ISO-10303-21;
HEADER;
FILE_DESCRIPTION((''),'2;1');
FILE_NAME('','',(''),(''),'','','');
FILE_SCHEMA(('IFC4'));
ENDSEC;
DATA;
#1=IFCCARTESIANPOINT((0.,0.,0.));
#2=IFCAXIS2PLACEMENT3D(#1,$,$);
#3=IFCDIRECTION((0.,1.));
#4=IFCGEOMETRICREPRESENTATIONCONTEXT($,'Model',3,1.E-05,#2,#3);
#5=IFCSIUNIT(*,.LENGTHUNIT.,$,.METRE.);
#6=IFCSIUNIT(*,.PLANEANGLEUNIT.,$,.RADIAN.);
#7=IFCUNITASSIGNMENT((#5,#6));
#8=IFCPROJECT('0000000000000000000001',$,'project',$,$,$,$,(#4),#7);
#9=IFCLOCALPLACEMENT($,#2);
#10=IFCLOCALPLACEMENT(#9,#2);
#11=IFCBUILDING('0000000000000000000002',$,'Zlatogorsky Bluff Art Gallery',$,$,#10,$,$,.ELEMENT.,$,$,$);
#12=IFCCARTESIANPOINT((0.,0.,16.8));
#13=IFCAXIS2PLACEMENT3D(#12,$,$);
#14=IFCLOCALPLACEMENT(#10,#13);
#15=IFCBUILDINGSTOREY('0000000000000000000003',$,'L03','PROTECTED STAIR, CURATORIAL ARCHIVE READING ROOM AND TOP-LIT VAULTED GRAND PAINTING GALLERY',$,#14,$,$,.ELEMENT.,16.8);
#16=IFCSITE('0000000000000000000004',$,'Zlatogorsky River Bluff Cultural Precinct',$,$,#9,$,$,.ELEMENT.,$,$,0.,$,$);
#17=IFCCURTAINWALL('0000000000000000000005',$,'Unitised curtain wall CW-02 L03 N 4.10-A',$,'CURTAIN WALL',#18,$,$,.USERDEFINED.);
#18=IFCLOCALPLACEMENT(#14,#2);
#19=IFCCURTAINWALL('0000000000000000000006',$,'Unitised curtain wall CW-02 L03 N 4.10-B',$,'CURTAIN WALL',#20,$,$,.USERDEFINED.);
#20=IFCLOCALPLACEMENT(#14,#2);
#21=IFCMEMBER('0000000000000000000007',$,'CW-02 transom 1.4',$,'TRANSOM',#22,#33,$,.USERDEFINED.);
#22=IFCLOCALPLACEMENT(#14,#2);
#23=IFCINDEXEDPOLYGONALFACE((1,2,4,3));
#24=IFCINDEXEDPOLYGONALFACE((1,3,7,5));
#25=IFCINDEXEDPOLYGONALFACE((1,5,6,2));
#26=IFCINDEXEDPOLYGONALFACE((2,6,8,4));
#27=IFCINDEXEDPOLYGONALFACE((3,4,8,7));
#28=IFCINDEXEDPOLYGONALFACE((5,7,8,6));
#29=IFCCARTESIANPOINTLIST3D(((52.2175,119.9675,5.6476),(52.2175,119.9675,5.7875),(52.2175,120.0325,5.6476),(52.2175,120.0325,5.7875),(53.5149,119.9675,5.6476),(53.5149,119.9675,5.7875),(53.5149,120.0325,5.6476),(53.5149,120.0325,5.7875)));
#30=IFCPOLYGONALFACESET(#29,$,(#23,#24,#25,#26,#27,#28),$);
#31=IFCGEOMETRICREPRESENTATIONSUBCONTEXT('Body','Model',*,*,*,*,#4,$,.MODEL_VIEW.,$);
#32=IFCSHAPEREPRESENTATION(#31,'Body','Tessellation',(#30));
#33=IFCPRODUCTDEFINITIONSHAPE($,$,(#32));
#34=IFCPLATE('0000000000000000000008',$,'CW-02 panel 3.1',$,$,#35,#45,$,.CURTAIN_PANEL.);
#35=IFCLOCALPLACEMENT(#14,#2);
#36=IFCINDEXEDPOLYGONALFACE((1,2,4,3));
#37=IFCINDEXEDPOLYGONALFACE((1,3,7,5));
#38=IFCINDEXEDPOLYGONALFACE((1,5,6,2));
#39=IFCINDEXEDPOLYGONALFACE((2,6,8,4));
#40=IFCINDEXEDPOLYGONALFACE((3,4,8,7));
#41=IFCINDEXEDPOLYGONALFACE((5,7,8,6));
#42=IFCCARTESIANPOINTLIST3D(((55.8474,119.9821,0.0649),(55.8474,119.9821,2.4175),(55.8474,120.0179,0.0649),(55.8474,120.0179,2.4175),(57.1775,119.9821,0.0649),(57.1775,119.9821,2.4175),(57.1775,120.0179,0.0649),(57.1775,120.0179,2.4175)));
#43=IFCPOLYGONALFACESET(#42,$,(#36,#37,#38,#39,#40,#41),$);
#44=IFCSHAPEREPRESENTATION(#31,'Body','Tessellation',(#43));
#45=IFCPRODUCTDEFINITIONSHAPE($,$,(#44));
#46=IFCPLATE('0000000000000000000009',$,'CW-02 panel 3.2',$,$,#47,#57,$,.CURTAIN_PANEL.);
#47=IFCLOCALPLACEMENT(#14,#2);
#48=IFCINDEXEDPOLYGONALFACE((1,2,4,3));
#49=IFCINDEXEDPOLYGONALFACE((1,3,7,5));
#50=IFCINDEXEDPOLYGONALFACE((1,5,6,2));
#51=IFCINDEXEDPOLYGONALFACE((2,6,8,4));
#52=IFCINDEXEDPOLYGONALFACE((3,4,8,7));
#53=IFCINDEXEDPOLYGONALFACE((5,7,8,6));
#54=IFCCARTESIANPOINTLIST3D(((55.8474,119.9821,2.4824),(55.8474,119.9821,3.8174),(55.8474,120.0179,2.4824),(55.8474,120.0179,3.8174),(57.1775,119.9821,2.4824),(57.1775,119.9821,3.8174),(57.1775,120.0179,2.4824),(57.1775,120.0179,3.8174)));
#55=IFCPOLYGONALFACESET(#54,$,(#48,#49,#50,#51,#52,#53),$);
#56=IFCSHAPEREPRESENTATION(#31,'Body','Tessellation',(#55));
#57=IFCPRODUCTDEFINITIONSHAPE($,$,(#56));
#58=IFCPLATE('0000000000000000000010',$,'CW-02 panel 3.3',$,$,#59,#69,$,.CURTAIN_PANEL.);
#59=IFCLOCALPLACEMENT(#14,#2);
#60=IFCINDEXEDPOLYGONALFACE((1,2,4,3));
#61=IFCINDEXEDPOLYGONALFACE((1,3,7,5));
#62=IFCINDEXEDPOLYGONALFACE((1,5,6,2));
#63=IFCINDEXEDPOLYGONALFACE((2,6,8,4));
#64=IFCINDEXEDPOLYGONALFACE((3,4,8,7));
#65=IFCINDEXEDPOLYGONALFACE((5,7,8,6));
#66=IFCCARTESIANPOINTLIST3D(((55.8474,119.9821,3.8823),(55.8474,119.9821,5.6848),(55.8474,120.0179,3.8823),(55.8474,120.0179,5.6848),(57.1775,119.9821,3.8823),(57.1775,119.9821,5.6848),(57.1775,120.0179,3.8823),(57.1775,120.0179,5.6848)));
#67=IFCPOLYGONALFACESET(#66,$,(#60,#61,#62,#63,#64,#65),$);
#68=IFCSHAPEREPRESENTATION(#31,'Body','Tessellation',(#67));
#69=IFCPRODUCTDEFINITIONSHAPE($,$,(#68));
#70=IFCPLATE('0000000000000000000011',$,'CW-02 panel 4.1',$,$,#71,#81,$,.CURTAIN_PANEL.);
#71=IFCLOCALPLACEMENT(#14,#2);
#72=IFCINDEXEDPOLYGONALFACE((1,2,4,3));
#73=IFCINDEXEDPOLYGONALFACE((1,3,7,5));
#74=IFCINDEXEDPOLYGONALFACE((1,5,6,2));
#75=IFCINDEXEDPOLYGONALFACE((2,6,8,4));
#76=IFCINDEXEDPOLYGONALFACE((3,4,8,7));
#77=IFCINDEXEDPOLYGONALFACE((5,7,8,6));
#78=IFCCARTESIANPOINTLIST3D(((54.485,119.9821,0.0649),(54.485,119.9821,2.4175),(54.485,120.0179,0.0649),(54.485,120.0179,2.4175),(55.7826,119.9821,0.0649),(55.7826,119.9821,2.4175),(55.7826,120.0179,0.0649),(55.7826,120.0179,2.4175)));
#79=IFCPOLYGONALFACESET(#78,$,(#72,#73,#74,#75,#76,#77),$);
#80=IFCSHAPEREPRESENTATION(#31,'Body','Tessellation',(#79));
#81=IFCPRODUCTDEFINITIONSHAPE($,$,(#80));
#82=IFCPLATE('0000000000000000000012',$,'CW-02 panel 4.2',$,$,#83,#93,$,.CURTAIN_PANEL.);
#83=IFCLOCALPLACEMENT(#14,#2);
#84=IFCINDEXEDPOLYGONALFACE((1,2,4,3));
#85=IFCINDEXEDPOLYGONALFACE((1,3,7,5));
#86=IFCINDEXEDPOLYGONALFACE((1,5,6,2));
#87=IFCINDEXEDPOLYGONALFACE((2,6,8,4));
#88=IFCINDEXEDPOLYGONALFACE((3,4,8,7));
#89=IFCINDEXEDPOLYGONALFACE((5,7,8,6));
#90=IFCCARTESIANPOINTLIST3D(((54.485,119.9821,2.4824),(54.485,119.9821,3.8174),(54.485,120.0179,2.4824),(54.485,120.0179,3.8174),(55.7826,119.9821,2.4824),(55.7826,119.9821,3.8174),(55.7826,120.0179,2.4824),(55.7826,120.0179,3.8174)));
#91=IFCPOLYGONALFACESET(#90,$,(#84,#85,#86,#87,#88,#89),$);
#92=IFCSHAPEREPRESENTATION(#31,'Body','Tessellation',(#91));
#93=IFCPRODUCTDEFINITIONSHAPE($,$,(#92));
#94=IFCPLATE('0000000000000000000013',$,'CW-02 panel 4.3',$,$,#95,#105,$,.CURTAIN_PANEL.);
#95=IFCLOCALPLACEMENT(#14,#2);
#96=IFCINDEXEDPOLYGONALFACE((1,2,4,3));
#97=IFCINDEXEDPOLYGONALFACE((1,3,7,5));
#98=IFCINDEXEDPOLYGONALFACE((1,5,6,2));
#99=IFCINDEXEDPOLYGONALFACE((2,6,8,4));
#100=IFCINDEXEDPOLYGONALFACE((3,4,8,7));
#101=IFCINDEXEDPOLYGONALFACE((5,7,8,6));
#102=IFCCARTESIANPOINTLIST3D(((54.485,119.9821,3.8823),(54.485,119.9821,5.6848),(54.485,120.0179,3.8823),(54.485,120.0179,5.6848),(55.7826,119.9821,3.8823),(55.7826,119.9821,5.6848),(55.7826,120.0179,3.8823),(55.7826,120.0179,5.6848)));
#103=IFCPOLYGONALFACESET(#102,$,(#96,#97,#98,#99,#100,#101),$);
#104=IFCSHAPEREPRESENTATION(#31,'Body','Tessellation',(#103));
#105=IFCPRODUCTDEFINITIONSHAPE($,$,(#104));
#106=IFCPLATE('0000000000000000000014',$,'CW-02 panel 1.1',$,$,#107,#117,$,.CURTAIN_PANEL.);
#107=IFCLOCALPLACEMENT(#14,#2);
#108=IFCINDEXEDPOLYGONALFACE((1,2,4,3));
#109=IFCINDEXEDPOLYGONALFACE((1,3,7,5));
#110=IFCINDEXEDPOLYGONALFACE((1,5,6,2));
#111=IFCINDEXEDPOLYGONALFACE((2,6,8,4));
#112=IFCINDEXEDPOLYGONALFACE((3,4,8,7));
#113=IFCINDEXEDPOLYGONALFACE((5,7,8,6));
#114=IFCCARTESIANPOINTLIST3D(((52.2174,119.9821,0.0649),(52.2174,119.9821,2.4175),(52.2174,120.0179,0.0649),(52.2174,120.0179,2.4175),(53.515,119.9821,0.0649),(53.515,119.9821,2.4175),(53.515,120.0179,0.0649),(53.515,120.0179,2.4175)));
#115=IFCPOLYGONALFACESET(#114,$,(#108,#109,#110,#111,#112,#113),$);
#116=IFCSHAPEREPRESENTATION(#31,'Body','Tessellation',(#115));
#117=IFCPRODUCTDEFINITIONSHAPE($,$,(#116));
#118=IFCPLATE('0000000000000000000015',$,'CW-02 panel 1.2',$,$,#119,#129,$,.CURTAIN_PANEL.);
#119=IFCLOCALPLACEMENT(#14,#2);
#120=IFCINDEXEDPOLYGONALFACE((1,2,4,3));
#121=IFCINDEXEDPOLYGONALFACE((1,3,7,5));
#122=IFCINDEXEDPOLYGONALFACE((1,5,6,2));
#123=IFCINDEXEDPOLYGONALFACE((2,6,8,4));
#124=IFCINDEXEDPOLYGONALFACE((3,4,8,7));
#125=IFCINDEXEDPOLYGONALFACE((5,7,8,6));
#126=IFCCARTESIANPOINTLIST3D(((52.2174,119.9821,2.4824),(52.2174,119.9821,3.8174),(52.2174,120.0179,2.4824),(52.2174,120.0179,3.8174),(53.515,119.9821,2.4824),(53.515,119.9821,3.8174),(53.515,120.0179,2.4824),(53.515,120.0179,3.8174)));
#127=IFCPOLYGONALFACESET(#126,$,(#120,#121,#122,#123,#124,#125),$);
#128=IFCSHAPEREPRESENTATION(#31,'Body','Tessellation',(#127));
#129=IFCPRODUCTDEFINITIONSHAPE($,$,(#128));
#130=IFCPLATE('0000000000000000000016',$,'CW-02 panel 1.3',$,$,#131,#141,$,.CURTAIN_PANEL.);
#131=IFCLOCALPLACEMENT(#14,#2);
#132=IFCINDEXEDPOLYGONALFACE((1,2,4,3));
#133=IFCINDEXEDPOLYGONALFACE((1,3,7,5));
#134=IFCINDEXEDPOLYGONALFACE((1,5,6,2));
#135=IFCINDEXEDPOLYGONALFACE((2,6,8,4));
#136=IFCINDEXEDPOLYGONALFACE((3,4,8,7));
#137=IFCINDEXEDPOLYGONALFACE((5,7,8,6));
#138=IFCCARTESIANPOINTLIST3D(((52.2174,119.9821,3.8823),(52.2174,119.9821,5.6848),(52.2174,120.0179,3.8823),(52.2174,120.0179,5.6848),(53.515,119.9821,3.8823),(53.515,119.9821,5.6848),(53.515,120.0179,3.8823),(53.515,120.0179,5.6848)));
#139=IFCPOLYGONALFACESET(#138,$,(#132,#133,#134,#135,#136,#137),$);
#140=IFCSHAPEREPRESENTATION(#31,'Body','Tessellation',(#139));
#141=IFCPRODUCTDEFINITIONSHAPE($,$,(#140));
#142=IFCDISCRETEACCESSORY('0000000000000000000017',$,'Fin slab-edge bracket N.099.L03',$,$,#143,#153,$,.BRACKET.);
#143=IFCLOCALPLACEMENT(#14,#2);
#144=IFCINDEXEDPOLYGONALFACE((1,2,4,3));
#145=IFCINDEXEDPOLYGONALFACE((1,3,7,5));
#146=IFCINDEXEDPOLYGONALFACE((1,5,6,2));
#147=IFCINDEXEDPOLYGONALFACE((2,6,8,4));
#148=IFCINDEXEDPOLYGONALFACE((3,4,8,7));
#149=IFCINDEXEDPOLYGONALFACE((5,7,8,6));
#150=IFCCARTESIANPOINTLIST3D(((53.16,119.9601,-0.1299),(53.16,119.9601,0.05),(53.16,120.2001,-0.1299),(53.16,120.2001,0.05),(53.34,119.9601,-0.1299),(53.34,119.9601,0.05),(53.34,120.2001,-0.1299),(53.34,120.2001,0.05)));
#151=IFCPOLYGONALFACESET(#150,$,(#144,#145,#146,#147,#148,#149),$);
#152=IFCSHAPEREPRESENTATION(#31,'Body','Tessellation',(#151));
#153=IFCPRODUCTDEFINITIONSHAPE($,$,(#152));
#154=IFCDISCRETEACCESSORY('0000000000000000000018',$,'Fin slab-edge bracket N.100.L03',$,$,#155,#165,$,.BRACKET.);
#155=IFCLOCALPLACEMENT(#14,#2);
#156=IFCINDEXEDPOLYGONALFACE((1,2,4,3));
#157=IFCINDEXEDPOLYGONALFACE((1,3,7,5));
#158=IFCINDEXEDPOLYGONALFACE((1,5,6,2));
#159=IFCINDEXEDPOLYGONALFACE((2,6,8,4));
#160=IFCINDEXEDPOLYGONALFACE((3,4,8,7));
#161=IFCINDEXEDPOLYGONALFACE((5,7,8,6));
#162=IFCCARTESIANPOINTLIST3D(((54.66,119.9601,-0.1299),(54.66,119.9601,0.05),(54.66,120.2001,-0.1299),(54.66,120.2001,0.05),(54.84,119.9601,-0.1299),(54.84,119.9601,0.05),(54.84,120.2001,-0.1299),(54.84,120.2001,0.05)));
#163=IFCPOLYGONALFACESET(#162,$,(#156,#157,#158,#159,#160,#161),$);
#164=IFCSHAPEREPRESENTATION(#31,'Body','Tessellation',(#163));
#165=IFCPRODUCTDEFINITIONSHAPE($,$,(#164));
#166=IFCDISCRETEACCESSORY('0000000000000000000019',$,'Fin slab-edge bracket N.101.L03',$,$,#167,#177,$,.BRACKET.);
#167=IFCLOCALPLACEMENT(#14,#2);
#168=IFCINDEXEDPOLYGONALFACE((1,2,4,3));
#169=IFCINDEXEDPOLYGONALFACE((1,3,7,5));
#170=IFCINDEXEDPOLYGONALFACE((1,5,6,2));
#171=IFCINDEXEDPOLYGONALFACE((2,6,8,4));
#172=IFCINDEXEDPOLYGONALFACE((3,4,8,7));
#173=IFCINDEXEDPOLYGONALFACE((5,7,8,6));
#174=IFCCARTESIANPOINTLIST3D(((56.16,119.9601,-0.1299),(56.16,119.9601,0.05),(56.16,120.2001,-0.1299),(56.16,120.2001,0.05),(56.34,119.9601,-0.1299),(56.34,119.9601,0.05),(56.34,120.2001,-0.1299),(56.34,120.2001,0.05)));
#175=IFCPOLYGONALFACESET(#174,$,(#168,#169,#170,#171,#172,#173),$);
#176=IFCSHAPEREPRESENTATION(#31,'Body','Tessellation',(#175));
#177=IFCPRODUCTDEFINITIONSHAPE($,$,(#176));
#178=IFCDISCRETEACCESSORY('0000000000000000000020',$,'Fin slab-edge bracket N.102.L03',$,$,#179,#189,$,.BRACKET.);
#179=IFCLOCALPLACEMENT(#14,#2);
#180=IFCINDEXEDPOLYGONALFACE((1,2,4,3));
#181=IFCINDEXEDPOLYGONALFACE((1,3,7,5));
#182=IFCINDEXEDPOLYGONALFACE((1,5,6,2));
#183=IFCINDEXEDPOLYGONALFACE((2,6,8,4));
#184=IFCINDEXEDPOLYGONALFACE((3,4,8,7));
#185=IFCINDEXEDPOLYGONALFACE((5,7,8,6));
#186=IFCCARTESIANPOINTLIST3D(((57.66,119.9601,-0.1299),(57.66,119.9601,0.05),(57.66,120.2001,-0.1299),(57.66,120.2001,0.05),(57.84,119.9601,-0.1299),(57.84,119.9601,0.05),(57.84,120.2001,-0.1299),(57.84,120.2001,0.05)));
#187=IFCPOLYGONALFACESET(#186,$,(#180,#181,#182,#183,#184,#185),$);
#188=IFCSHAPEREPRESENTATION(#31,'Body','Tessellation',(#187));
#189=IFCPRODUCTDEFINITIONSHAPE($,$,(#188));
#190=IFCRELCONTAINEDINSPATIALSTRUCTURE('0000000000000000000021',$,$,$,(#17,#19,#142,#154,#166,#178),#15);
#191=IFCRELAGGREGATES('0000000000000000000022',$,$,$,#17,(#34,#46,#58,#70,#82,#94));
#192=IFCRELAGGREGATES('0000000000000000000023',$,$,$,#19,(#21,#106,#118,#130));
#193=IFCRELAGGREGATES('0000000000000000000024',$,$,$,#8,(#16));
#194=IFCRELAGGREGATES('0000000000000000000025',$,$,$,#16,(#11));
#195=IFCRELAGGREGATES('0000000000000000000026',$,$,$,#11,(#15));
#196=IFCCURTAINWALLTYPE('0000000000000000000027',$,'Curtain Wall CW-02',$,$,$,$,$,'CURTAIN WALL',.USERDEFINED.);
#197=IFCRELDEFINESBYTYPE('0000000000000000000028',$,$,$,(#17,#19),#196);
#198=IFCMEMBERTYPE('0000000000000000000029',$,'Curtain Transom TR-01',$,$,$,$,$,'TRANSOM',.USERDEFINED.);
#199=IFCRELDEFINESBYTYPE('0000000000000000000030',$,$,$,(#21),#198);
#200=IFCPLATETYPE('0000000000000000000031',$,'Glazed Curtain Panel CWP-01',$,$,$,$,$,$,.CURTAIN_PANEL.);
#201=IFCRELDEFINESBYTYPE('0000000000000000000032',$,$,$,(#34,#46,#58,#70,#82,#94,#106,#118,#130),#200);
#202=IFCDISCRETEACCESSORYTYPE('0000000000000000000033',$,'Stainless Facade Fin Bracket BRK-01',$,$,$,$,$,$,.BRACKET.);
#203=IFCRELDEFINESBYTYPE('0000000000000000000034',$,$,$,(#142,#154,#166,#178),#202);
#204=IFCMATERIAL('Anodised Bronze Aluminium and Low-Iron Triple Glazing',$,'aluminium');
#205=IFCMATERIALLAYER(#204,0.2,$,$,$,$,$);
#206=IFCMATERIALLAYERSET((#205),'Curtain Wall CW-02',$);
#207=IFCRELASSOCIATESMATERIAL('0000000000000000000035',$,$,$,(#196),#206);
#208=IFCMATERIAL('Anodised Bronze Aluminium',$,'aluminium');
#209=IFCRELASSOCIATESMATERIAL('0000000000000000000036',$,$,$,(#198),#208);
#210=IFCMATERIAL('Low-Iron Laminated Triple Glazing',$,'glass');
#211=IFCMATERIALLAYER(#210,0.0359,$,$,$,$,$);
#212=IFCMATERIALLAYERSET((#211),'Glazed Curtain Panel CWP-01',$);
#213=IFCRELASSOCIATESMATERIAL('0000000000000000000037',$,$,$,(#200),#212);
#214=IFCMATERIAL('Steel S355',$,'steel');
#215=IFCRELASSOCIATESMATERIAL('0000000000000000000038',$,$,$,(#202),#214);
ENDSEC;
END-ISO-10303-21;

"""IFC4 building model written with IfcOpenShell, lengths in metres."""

from ifc_helpers import new_model, si_unit, direction, frame, origin, origin_2d, place, context, subcontext, project, spatial, rectangle, extrude, material, layer, layer_set, material_profile, profile_set, type_object, element, aggregate, save


model = new_model("IFC4")

# Units and contexts
model_context = context("Model", 3, precision=1e-05, world=origin(), true_north=direction((0.0, 1.0)))
body_context = subcontext(model_context, "Body", "Model", "MODEL_VIEW")
ifc_project = project(units=[si_unit("LENGTHUNIT", "METRE"), si_unit("PLANEANGLEUNIT", "RADIAN")], contexts=[model_context])

# Site, building, storey
site_placement = place(None, origin())
site = spatial("IfcSite", under=ifc_project, at=site_placement, Name="Zlatogorsky River Bluff Cultural Precinct", CompositionType="ELEMENT", RefElevation=0.0)
building_placement = place(site_placement, origin())
building = spatial("IfcBuilding", under=site, at=building_placement, Name="Zlatogorsky Bluff Art Gallery", CompositionType="ELEMENT")
storey_placement = place(building_placement, frame((0.0, 0.0, 16.8)))
storey = spatial("IfcBuildingStorey", under=building, at=storey_placement, Name="L03", Description="PROTECTED STAIR, CURATORIAL ARCHIVE READING ROOM AND TOP-LIT VAULTED GRAND PAINTING GALLERY", CompositionType="ELEMENT", Elevation=16.8)

# Curtain wall
ifc_material_1 = material(Name="Anodised Bronze Aluminium and Low-Iron Triple Glazing", Category="aluminium")
ifc_layer_1 = layer(ifc_material_1, 0.2)
ifc_layer_set_1 = layer_set([ifc_layer_1], Name="Curtain Wall CW-02")
curtain_wall_type = type_object("IfcCurtainWallType", Name="Curtain Wall CW-02", ElementType="CURTAIN WALL", PredefinedType="USERDEFINED", material=ifc_layer_set_1)
curtain_wall_1_placement = place(storey_placement, origin())
curtain_wall_1 = element("IfcCurtainWall", 1, at=curtain_wall_1_placement, inside=storey, type_object=curtain_wall_type, Name="Unitised curtain wall CW-02 L03 N 4.10-A", ObjectType="CURTAIN WALL", PredefinedType="USERDEFINED")
ifc_material_2 = material(Name="Anodised Bronze Aluminium", Category="aluminium")

# Curtain wall
curtain_wall_2_placement = place(storey_placement, origin())
curtain_wall_2 = element("IfcCurtainWall", 2, at=curtain_wall_2_placement, inside=storey, type_object=curtain_wall_type, Name="Unitised curtain wall CW-02 L03 N 4.10-B", ObjectType="CURTAIN WALL", PredefinedType="USERDEFINED")

# Member
ifc_material_profile_1 = material_profile(ifc_material_2, rectangle(XDim=0.0649, YDim=0.1399, at=origin_2d()), Name="ALU TRANSOM 65x140")
ifc_profile_set_1 = profile_set([ifc_material_profile_1], Name="Anodised Bronze Aluminium")
member_type_1 = type_object("IfcMemberType", Name="Curtain Transom TR-01", ElementType="TRANSOM", PredefinedType="USERDEFINED", material=ifc_profile_set_1)
member_1_placement = place(storey_placement, frame((53.5149, 120.0, 5.7175), z_axis=(-1.0, 0.0, 0.0), x_axis=(0.0, -1.0, 0.0)))
member_1 = element("IfcMember", 3, at=member_1_placement, type_object=member_type_1, Name="CW-02 transom 1.4", ObjectType="TRANSOM", PredefinedType="USERDEFINED", context=body_context, shape_type="SweptSolid", body=[
    extrude(rectangle(XDim=0.0649, YDim=0.1399, at=origin_2d()), origin(), (0.0, 0.0, 1.0), 1.2974),
])

# Plates
ifc_material_3 = material(Name="Low-Iron Laminated Triple Glazing", Category="glass")
ifc_layer_2 = layer(ifc_material_3, 0.0359)
ifc_layer_set_2 = layer_set([ifc_layer_2], Name="Glazed Curtain Panel CWP-01")
plate_type = type_object("IfcPlateType", Name="Glazed Curtain Panel CWP-01", PredefinedType="CURTAIN_PANEL", material=ifc_layer_set_2)
plate_1_placement = place(storey_placement, frame((56.5125, 120.0, 0.0649), z_axis=(0.0, 0.0, 1.0), x_axis=(-1.0, 0.0, 0.0)))
plate_1 = element("IfcPlate", 4, at=plate_1_placement, type_object=plate_type, Name="CW-02 panel 3.1", PredefinedType="CURTAIN_PANEL", context=body_context, shape_type="SweptSolid", body=[
    extrude(rectangle(XDim=1.3301, YDim=0.0359, at=origin_2d()), origin(), (0.0, 0.0, 1.0), 2.3525),
])
plate_2_placement = place(storey_placement, frame((56.5125, 120.0, 2.4824), z_axis=(0.0, 0.0, 1.0), x_axis=(-1.0, 0.0, 0.0)))
plate_2 = element("IfcPlate", 5, at=plate_2_placement, type_object=plate_type, Name="CW-02 panel 3.2", PredefinedType="CURTAIN_PANEL", context=body_context, shape_type="SweptSolid", body=[
    extrude(rectangle(XDim=1.3301, YDim=0.0359, at=origin_2d()), origin(), (0.0, 0.0, 1.0), 1.335),
])
plate_3_placement = place(storey_placement, frame((56.5125, 120.0, 3.8823), z_axis=(0.0, 0.0, 1.0), x_axis=(-1.0, 0.0, 0.0)))
plate_3 = element("IfcPlate", 6, at=plate_3_placement, type_object=plate_type, Name="CW-02 panel 3.3", PredefinedType="CURTAIN_PANEL", context=body_context, shape_type="SweptSolid", body=[
    extrude(rectangle(XDim=1.3301, YDim=0.0359, at=origin_2d()), origin(), (0.0, 0.0, 1.0), 1.8025),
])
plate_4_placement = place(storey_placement, frame((55.1338, 120.0, 0.0649), z_axis=(0.0, 0.0, 1.0), x_axis=(-1.0, 0.0, 0.0)))
plate_4 = element("IfcPlate", 7, at=plate_4_placement, type_object=plate_type, Name="CW-02 panel 4.1", PredefinedType="CURTAIN_PANEL", context=body_context, shape_type="SweptSolid", body=[
    extrude(rectangle(XDim=1.2976, YDim=0.0359, at=origin_2d()), origin(), (0.0, 0.0, 1.0), 2.3525),
])
plate_5_placement = place(storey_placement, frame((55.1338, 120.0, 2.4824), z_axis=(0.0, 0.0, 1.0), x_axis=(-1.0, 0.0, 0.0)))
plate_5 = element("IfcPlate", 8, at=plate_5_placement, type_object=plate_type, Name="CW-02 panel 4.2", PredefinedType="CURTAIN_PANEL", context=body_context, shape_type="SweptSolid", body=[
    extrude(rectangle(XDim=1.2976, YDim=0.0359, at=origin_2d()), origin(), (0.0, 0.0, 1.0), 1.335),
])
plate_6_placement = place(storey_placement, frame((55.1338, 120.0, 3.8823), z_axis=(0.0, 0.0, 1.0), x_axis=(-1.0, 0.0, 0.0)))
plate_6 = element("IfcPlate", 9, at=plate_6_placement, type_object=plate_type, Name="CW-02 panel 4.3", PredefinedType="CURTAIN_PANEL", context=body_context, shape_type="SweptSolid", body=[
    extrude(rectangle(XDim=1.2976, YDim=0.0359, at=origin_2d()), origin(), (0.0, 0.0, 1.0), 1.8025),
])
aggregate(curtain_wall_1, [plate_1, plate_2, plate_3, plate_4, plate_5, plate_6])
plate_7_placement = place(storey_placement, frame((52.8662, 120.0, 0.0649), z_axis=(0.0, 0.0, 1.0), x_axis=(-1.0, 0.0, 0.0)))
plate_7 = element("IfcPlate", 10, at=plate_7_placement, type_object=plate_type, Name="CW-02 panel 1.1", PredefinedType="CURTAIN_PANEL", context=body_context, shape_type="SweptSolid", body=[
    extrude(rectangle(XDim=1.2976, YDim=0.0359, at=origin_2d()), origin(), (0.0, 0.0, 1.0), 2.3525),
])
plate_8_placement = place(storey_placement, frame((52.8662, 120.0, 2.4824), z_axis=(0.0, 0.0, 1.0), x_axis=(-1.0, 0.0, 0.0)))
plate_8 = element("IfcPlate", 11, at=plate_8_placement, type_object=plate_type, Name="CW-02 panel 1.2", PredefinedType="CURTAIN_PANEL", context=body_context, shape_type="SweptSolid", body=[
    extrude(rectangle(XDim=1.2976, YDim=0.0359, at=origin_2d()), origin(), (0.0, 0.0, 1.0), 1.335),
])
plate_9_placement = place(storey_placement, frame((52.8662, 120.0, 3.8823), z_axis=(0.0, 0.0, 1.0), x_axis=(-1.0, 0.0, 0.0)))
plate_9 = element("IfcPlate", 12, at=plate_9_placement, type_object=plate_type, Name="CW-02 panel 1.3", PredefinedType="CURTAIN_PANEL", context=body_context, shape_type="SweptSolid", body=[
    extrude(rectangle(XDim=1.2976, YDim=0.0359, at=origin_2d()), origin(), (0.0, 0.0, 1.0), 1.8025),
])
aggregate(curtain_wall_2, [member_1, plate_7, plate_8, plate_9])

# Discrete accessories
ifc_material_4 = material(Name="Steel S355", Category="steel")
discrete_accessory_type = type_object("IfcDiscreteAccessoryType", Name="Stainless Facade Fin Bracket BRK-01", PredefinedType="BRACKET", material=ifc_material_4)
for number, where, z_axis, x_axis, name in (
    (13, (53.25, 120.0801, -0.1299), (0.0, 0.0, 1.0), (1.0, 0.0, 0.0), "Fin slab-edge bracket N.099.L03"),
    (14, (54.75, 120.0801, -0.1299), (0.0, 0.0, 1.0), (1.0, 0.0, 0.0), "Fin slab-edge bracket N.100.L03"),
    (15, (56.25, 120.0801, -0.1299), (0.0, 0.0, 1.0), (1.0, 0.0, 0.0), "Fin slab-edge bracket N.101.L03"),
    (16, (57.75, 120.0801, -0.1299), (0.0, 0.0, 1.0), (1.0, 0.0, 0.0), "Fin slab-edge bracket N.102.L03"),
):
    element("IfcDiscreteAccessory", number, at=place(storey_placement, frame(where, z_axis=z_axis, x_axis=x_axis)), inside=storey, type_object=discrete_accessory_type, Name=name, PredefinedType="BRACKET", context=body_context, shape_type="SweptSolid", body=[
        extrude(rectangle(XDim=0.1799, YDim=0.24, at=origin_2d()), origin(), (0.0, 0.0, 1.0), 0.1799),
    ])

save(model, "model.ifc")
